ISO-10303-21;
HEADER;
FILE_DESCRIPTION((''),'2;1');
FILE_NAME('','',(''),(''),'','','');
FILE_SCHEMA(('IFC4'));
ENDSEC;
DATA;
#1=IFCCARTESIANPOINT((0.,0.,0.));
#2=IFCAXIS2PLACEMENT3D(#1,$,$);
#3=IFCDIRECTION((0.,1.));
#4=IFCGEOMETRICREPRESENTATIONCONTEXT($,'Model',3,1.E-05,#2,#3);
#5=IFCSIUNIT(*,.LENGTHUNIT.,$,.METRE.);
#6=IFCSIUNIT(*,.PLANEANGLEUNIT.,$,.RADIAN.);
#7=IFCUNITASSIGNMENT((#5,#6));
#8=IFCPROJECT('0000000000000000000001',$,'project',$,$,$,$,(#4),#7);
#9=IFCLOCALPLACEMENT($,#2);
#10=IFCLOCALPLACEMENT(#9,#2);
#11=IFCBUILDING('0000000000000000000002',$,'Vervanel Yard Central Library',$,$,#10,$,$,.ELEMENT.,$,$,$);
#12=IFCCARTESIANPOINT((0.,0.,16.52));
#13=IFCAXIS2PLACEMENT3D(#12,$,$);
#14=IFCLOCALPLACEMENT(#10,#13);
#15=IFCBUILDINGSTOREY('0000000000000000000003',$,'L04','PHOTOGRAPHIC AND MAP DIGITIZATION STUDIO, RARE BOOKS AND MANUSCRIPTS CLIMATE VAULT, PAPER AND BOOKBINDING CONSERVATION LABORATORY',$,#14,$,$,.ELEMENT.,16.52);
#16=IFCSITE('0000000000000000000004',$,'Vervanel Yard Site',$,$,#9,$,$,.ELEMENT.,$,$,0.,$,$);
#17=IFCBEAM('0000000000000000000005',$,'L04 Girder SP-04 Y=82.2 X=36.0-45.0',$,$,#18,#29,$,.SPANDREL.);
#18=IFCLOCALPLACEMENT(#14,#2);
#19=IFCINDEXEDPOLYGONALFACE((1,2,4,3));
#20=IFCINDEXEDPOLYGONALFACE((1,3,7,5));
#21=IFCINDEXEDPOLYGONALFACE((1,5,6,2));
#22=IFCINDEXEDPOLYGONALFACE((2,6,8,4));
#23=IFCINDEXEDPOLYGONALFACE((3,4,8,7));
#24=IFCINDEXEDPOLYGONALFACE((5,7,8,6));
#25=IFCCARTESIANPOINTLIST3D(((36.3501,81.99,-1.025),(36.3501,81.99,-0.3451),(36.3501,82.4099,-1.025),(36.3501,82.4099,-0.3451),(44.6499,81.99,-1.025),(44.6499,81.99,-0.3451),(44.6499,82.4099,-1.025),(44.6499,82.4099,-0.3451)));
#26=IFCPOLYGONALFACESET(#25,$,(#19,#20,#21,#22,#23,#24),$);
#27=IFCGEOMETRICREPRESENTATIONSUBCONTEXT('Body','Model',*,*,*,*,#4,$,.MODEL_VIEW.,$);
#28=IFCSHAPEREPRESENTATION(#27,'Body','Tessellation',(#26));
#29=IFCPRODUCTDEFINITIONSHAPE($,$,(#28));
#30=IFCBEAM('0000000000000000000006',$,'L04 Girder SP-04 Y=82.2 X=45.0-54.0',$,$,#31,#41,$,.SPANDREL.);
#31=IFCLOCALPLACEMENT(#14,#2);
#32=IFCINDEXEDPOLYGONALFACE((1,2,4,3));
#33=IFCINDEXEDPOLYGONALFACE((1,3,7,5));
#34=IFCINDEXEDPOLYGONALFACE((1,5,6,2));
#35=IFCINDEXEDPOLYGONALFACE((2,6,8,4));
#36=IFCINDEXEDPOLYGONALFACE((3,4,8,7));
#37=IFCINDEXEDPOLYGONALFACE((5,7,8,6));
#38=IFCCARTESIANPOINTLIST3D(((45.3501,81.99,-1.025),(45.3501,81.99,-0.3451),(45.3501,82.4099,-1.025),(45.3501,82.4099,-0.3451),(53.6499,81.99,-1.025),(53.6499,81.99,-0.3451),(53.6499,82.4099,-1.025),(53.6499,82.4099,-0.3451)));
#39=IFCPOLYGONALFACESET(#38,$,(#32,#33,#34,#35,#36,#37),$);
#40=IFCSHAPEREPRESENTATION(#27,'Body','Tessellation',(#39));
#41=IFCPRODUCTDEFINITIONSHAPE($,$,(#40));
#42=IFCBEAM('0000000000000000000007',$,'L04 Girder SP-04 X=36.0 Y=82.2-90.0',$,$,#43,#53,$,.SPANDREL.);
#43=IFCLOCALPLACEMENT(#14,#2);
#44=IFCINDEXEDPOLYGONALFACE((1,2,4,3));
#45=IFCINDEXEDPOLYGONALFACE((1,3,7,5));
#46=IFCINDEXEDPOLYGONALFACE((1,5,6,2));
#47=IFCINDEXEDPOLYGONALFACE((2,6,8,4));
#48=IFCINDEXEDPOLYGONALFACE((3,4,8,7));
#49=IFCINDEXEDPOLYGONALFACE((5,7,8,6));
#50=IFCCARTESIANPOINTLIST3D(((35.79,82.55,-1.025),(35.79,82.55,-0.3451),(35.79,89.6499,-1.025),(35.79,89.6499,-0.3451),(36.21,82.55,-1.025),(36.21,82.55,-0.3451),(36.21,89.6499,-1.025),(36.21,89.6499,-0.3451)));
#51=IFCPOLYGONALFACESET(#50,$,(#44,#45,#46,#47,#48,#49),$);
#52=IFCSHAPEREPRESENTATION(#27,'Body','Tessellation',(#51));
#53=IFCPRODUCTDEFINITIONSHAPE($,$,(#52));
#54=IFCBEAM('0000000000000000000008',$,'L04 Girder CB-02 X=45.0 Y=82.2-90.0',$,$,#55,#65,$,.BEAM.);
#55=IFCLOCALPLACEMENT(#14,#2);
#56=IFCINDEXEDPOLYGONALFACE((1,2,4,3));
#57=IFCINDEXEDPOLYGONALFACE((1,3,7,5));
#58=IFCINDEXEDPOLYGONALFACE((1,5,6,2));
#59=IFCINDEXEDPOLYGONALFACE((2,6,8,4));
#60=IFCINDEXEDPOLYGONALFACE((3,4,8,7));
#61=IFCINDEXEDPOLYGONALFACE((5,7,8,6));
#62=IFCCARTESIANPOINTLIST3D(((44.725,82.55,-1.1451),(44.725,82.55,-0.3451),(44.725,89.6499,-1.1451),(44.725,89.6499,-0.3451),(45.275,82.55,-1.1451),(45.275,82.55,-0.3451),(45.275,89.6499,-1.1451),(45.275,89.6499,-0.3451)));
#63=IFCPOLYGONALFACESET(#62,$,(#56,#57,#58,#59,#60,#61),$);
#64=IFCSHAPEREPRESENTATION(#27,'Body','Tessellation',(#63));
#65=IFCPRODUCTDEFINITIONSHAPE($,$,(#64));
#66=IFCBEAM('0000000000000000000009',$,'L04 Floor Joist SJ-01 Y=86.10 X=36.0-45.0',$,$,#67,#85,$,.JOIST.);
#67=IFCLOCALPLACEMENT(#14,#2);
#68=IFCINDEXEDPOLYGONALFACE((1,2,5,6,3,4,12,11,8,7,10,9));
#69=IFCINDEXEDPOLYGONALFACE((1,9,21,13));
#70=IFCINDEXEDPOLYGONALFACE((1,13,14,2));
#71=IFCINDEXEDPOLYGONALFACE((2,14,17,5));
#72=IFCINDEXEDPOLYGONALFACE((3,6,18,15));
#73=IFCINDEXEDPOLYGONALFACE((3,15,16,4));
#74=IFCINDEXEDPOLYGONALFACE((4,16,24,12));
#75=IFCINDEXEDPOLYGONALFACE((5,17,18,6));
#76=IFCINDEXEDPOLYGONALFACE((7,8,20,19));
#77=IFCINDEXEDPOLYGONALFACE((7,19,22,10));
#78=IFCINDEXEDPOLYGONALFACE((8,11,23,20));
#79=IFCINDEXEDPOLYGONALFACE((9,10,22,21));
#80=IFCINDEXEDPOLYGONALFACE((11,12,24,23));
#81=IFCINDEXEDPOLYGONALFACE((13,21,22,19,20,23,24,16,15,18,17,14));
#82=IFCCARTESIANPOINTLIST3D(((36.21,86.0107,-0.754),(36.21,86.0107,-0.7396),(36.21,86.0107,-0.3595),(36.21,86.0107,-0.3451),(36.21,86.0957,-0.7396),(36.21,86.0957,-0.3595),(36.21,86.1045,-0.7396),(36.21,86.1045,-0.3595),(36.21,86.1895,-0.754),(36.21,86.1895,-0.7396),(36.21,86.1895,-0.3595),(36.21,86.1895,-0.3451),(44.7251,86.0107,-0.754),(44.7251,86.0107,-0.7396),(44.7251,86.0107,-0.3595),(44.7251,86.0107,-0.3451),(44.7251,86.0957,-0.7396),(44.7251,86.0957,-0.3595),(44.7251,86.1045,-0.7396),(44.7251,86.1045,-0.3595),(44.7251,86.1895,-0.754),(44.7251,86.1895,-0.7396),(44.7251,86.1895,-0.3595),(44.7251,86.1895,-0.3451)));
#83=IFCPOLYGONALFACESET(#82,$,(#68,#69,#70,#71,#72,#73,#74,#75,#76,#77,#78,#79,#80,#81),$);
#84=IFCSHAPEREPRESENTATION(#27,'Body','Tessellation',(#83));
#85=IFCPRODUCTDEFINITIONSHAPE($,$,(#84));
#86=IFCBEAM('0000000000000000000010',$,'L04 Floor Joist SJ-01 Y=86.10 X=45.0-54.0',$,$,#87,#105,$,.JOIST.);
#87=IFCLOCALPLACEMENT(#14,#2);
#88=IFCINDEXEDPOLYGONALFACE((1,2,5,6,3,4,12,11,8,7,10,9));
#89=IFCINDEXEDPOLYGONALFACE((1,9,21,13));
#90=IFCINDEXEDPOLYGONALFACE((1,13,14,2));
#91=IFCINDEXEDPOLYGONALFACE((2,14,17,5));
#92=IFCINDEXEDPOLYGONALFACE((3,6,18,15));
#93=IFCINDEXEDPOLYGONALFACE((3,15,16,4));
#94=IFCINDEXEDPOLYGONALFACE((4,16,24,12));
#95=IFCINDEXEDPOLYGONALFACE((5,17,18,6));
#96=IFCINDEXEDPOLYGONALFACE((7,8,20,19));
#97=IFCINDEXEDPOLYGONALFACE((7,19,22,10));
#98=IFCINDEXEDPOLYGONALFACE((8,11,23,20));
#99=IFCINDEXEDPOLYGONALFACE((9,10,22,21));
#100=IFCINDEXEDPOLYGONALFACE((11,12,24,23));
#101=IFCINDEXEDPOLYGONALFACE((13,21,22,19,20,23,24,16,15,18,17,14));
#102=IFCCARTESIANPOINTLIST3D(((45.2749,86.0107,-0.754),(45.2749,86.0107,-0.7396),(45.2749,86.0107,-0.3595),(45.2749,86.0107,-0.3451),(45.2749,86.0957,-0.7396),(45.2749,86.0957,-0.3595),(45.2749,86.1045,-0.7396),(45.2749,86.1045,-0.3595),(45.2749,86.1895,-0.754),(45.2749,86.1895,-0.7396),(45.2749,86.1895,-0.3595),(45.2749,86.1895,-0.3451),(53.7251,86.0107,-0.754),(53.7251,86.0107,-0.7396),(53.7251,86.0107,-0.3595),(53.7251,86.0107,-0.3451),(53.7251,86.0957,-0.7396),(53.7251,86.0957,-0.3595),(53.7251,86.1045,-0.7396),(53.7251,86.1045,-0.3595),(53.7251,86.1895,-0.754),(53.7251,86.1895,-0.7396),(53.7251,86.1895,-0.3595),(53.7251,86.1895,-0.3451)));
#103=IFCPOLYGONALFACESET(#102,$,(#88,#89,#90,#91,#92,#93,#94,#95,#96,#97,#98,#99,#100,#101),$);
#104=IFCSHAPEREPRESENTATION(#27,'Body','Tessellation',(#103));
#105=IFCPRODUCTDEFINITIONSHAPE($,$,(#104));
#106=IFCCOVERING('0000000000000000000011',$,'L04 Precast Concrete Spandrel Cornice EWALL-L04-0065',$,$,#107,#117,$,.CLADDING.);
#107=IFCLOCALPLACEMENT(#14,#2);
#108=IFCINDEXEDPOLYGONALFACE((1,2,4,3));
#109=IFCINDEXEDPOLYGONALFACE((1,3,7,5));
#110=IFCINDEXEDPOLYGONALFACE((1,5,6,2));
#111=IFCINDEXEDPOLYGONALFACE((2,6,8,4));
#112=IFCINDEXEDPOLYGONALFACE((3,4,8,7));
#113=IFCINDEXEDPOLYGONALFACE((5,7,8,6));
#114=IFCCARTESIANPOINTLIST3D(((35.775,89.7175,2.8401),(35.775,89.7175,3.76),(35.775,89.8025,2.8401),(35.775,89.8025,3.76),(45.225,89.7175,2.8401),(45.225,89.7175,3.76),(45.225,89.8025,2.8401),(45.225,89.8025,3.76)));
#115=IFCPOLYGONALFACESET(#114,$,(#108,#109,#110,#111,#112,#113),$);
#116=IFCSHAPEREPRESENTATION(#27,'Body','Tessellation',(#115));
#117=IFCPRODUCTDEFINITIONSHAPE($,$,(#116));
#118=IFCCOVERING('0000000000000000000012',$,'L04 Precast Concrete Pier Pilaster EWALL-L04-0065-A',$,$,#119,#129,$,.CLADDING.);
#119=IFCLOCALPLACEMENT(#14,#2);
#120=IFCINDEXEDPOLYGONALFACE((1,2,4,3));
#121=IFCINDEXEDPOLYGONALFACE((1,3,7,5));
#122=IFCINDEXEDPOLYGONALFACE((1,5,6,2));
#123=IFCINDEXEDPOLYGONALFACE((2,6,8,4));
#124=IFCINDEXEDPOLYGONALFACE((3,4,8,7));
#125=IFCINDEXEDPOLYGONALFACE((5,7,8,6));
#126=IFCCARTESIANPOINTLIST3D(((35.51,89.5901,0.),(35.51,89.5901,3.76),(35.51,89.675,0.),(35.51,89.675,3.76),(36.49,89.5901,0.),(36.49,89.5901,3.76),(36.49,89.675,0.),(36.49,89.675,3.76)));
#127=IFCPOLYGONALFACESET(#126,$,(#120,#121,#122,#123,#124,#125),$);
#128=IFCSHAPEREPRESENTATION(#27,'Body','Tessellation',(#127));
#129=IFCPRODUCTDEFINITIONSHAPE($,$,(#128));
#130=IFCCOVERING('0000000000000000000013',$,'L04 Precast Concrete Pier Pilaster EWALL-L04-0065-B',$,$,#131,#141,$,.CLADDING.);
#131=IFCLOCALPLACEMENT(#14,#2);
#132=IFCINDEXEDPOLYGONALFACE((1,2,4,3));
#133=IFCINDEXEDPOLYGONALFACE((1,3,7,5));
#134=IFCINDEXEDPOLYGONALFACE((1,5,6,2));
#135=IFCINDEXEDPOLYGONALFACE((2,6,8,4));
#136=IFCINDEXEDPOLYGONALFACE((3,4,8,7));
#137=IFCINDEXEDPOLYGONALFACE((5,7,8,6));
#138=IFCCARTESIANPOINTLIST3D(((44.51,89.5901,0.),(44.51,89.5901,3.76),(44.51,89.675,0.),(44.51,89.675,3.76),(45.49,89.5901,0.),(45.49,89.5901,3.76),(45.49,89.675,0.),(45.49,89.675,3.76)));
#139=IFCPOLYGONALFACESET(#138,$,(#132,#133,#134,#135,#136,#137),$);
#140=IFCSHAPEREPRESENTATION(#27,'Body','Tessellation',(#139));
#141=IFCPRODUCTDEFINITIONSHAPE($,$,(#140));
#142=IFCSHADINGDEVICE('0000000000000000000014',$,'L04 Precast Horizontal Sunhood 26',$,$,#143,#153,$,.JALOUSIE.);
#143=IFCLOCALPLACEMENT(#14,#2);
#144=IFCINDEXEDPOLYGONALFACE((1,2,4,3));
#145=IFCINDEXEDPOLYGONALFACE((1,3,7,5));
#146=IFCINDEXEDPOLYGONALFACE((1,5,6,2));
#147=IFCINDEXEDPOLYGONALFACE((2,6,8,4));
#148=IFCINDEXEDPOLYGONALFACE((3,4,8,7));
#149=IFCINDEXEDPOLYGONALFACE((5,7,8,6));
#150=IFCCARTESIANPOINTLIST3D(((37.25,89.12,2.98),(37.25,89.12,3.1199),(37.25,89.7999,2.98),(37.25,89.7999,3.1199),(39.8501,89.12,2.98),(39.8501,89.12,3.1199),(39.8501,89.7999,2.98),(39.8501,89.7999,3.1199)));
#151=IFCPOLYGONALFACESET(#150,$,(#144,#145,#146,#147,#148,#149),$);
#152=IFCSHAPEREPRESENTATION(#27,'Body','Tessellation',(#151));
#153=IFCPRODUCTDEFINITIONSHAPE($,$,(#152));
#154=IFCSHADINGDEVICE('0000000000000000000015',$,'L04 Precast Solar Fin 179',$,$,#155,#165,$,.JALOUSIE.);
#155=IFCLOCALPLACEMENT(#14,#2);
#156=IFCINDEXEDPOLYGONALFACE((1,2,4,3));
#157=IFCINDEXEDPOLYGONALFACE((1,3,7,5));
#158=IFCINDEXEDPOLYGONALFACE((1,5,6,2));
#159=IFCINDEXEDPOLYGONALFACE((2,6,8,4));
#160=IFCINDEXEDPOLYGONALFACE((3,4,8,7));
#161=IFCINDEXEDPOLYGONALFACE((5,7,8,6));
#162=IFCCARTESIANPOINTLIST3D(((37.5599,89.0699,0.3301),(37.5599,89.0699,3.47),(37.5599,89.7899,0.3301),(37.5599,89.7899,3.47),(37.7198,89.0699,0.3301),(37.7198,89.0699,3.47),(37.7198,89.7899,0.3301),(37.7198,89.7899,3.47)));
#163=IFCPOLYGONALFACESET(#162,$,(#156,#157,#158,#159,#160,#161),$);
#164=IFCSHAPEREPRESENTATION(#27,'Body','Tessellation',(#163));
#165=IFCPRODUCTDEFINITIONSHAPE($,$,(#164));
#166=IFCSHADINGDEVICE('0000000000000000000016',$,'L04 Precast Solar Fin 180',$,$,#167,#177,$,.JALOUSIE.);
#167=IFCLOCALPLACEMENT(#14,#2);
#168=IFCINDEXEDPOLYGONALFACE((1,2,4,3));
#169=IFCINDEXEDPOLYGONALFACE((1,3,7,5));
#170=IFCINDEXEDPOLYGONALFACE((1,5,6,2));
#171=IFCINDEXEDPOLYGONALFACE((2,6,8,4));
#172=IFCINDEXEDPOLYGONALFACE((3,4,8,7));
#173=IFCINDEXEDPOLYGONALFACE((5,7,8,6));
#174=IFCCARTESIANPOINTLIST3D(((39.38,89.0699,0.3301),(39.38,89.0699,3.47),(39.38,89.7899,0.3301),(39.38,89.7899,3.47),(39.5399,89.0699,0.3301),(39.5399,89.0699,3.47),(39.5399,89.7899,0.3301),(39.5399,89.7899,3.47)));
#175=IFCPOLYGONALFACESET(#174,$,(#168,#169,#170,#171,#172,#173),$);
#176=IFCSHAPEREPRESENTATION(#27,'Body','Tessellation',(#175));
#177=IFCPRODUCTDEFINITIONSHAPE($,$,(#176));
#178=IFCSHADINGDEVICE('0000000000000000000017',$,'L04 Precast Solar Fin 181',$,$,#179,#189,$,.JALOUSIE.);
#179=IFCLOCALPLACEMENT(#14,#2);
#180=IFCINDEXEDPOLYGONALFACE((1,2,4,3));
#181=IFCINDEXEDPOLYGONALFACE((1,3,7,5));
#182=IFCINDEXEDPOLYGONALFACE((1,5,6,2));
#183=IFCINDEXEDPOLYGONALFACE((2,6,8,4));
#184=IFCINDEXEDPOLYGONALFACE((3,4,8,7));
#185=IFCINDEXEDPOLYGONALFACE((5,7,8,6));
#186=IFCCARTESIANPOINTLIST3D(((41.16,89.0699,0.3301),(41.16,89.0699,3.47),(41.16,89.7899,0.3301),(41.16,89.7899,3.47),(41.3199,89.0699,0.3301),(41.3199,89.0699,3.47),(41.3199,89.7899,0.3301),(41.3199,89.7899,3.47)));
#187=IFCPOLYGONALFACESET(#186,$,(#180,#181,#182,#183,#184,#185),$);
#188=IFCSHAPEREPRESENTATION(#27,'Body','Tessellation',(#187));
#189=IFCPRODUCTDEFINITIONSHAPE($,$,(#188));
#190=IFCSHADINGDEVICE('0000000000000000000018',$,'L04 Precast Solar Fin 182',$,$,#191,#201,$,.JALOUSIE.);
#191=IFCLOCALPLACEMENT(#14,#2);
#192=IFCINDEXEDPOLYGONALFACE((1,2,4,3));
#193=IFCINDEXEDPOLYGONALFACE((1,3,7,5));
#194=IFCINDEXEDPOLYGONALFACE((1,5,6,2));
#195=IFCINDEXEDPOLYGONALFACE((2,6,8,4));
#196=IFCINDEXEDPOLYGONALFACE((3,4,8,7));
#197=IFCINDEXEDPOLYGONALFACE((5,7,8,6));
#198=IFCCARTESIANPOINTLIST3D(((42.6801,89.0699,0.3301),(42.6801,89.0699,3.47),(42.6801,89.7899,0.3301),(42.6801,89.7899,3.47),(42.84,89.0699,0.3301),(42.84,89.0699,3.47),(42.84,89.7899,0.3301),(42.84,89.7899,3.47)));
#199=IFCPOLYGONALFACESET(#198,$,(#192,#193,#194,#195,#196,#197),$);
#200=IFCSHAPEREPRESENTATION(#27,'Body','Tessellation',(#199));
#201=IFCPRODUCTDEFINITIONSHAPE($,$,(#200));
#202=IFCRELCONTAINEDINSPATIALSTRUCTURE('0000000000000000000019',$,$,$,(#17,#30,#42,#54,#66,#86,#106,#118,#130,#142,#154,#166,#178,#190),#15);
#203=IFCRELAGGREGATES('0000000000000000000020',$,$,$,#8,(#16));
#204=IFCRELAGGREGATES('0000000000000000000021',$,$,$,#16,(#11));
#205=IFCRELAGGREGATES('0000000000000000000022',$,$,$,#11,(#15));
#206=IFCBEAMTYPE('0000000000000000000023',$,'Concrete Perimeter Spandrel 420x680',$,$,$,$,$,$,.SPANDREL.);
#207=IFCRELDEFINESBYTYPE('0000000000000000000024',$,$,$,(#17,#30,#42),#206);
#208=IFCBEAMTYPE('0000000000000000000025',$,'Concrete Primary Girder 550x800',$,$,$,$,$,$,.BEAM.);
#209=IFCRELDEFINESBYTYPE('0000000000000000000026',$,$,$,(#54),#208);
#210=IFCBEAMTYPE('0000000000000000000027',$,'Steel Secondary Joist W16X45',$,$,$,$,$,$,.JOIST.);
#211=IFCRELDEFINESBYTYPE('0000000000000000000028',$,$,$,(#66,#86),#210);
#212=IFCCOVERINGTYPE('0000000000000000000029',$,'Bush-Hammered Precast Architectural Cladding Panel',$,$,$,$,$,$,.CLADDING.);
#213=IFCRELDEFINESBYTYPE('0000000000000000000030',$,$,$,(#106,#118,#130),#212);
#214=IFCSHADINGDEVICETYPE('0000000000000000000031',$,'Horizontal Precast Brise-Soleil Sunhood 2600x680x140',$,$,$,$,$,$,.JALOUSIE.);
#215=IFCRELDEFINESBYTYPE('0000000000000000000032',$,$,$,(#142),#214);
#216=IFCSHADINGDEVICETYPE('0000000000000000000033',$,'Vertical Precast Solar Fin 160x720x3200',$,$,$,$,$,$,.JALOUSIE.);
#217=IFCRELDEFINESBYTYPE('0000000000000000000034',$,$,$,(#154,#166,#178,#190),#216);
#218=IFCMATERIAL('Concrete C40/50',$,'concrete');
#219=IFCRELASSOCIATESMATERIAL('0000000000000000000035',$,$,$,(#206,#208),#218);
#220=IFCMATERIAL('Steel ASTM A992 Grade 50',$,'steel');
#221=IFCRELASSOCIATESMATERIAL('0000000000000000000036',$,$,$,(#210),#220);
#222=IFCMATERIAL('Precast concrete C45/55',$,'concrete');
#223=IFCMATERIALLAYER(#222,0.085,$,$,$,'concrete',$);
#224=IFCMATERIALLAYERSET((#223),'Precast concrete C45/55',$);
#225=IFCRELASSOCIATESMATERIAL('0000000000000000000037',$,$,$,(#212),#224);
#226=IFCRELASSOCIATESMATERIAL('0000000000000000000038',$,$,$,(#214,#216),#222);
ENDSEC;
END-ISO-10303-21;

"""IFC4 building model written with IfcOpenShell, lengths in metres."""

from ifc_helpers import new_model, si_unit, direction, frame, origin, origin_2d, place, context, subcontext, project, spatial, rectangle, i_section, extrude, material, layer, layer_set, material_profile, profile_set, type_object, element, save


model = new_model("IFC4")

# Units and contexts
model_context = context("Model", 3, precision=1e-05, world=origin(), true_north=direction((0.0, 1.0)))
body_context = subcontext(model_context, "Body", "Model", "MODEL_VIEW")
ifc_project = project(units=[si_unit("LENGTHUNIT", "METRE"), si_unit("PLANEANGLEUNIT", "RADIAN")], contexts=[model_context])

# Site, building, storey
site_placement = place(None, origin())
site = spatial("IfcSite", under=ifc_project, at=site_placement, Name="Vervanel Yard Site", CompositionType="ELEMENT", RefElevation=0.0)
building_placement = place(site_placement, origin())
building = spatial("IfcBuilding", under=site, at=building_placement, Name="Vervanel Yard Central Library", CompositionType="ELEMENT")
storey_placement = place(building_placement, frame((0.0, 0.0, 16.52)))
storey = spatial("IfcBuildingStorey", under=building, at=storey_placement, Name="L04", Description="PHOTOGRAPHIC AND MAP DIGITIZATION STUDIO, RARE BOOKS AND MANUSCRIPTS CLIMATE VAULT, PAPER AND BOOKBINDING CONSERVATION LABORATORY", CompositionType="ELEMENT", Elevation=16.52)

# Beams
ifc_material_1 = material(Name="Concrete C40/50", Category="concrete")
ifc_material_profile_1 = material_profile(ifc_material_1, rectangle(XDim=0.4199, YDim=0.6799, at=origin_2d()), Name="RC 420x680", Category="concrete")
ifc_profile_set_1 = profile_set([ifc_material_profile_1], Name="Concrete C40/50")
beam_type_1 = type_object("IfcBeamType", Name="Concrete Perimeter Spandrel 420x680", PredefinedType="SPANDREL", material=ifc_profile_set_1)
for number, where, z_axis, x_axis, name in (
    (1, (36.3501, 82.2, -0.6851), (1.0, 0.0, 0.0), (0.0, 1.0, 0.0), "L04 Girder SP-04 Y=82.2 X=36.0-45.0"),
    (2, (45.3501, 82.2, -0.6851), (1.0, 0.0, 0.0), (0.0, 1.0, 0.0), "L04 Girder SP-04 Y=82.2 X=45.0-54.0"),
):
    element("IfcBeam", number, at=place(storey_placement, frame(where, z_axis=z_axis, x_axis=x_axis)), inside=storey, type_object=beam_type_1, Name=name, PredefinedType="SPANDREL", context=body_context, shape_type="SweptSolid", body=[
        extrude(rectangle(XDim=0.4199, YDim=0.6799, at=origin_2d()), origin(), (0.0, 0.0, 1.0), 8.2998),
    ])
beam_1_placement = place(storey_placement, frame((36.0, 82.55, -0.6851), z_axis=(0.0, 1.0, 0.0), x_axis=(-1.0, 0.0, 0.0)))
element("IfcBeam", 3, at=beam_1_placement, inside=storey, type_object=beam_type_1, Name="L04 Girder SP-04 X=36.0 Y=82.2-90.0", PredefinedType="SPANDREL", context=body_context, shape_type="SweptSolid", body=[
    extrude(rectangle(XDim=0.4199, YDim=0.6799, at=origin_2d()), origin(), (0.0, 0.0, 1.0), 7.0999),
])
ifc_material_profile_2 = material_profile(ifc_material_1, rectangle(XDim=0.55, YDim=0.8, at=origin_2d()), Name="RC 550x800", Category="concrete")
ifc_profile_set_2 = profile_set([ifc_material_profile_2], Name="Concrete C40/50")
beam_type_2 = type_object("IfcBeamType", Name="Concrete Primary Girder 550x800", PredefinedType="BEAM", material=ifc_profile_set_2)
beam_2_placement = place(storey_placement, frame((45.0, 82.55, -0.7451), z_axis=(0.0, 1.0, 0.0), x_axis=(-1.0, 0.0, 0.0)))
element("IfcBeam", 4, at=beam_2_placement, inside=storey, type_object=beam_type_2, Name="L04 Girder CB-02 X=45.0 Y=82.2-90.0", PredefinedType="BEAM", context=body_context, shape_type="SweptSolid", body=[
    extrude(rectangle(XDim=0.55, YDim=0.8, at=origin_2d()), origin(), (0.0, 0.0, 1.0), 7.0999),
])
ifc_material_2 = material(Name="Steel ASTM A992 Grade 50", Category="steel")
ifc_material_profile_3 = material_profile(ifc_material_2, i_section(OverallWidth=0.1787, OverallDepth=0.4089, WebThickness=0.0088, FlangeThickness=0.0144, at=origin_2d()), Name="W16X45", Category="steel")
ifc_profile_set_3 = profile_set([ifc_material_profile_3], Name="Steel ASTM A992 Grade 50")
beam_type_3 = type_object("IfcBeamType", Name="Steel Secondary Joist W16X45", PredefinedType="JOIST", material=ifc_profile_set_3)
beam_3_placement = place(storey_placement, frame((36.21, 86.1001, -0.5496), z_axis=(1.0, 0.0, 0.0), x_axis=(0.0, 1.0, 0.0)))
element("IfcBeam", 5, at=beam_3_placement, inside=storey, type_object=beam_type_3, Name="L04 Floor Joist SJ-01 Y=86.10 X=36.0-45.0", PredefinedType="JOIST", context=body_context, shape_type="SweptSolid", body=[
    extrude(i_section(OverallWidth=0.1787, OverallDepth=0.4089, WebThickness=0.0088, FlangeThickness=0.0144, at=origin_2d()), origin(), (0.0, 0.0, 1.0), 8.5151),
])
beam_4_placement = place(storey_placement, frame((45.2749, 86.1001, -0.5496), z_axis=(1.0, 0.0, 0.0), x_axis=(0.0, 1.0, 0.0)))
element("IfcBeam", 6, at=beam_4_placement, inside=storey, type_object=beam_type_3, Name="L04 Floor Joist SJ-01 Y=86.10 X=45.0-54.0", PredefinedType="JOIST", context=body_context, shape_type="SweptSolid", body=[
    extrude(i_section(OverallWidth=0.1787, OverallDepth=0.4089, WebThickness=0.0088, FlangeThickness=0.0144, at=origin_2d()), origin(), (0.0, 0.0, 1.0), 8.4502),
])

# Coverings
ifc_material_3 = material(Name="Precast concrete C45/55", Category="concrete")
ifc_layer = layer(ifc_material_3, 0.085, Category="concrete")
ifc_layer_set = layer_set([ifc_layer], Name="Precast concrete C45/55")
covering_type = type_object("IfcCoveringType", Name="Bush-Hammered Precast Architectural Cladding Panel", PredefinedType="CLADDING", material=ifc_layer_set)
covering_placement = place(storey_placement, frame((40.5, 89.76, 2.8401), z_axis=(0.0, 0.0, 1.0), x_axis=(1.0, 0.0, 0.0)))
element("IfcCovering", 7, at=covering_placement, inside=storey, type_object=covering_type, Name="L04 Precast Concrete Spandrel Cornice EWALL-L04-0065", PredefinedType="CLADDING", context=body_context, shape_type="SweptSolid", body=[
    extrude(rectangle(XDim=9.45, YDim=0.085, at=origin_2d()), origin(), (0.0, 0.0, 1.0), 0.9199),
])
for number, where, z_axis, x_axis, name in (
    (8, (36.0, 89.6326, 0.0), (0.0, 0.0, 1.0), (1.0, 0.0, 0.0), "L04 Precast Concrete Pier Pilaster EWALL-L04-0065-A"),
    (9, (45.0, 89.6326, 0.0), (0.0, 0.0, 1.0), (1.0, 0.0, 0.0), "L04 Precast Concrete Pier Pilaster EWALL-L04-0065-B"),
):
    element("IfcCovering", number, at=place(storey_placement, frame(where, z_axis=z_axis, x_axis=x_axis)), inside=storey, type_object=covering_type, Name=name, PredefinedType="CLADDING", context=body_context, shape_type="SweptSolid", body=[
        extrude(rectangle(XDim=0.98, YDim=0.085, at=origin_2d()), origin(), (0.0, 0.0, 1.0), 3.76),
    ])

# Shading devices
shading_device_type_1 = type_object("IfcShadingDeviceType", Name="Horizontal Precast Brise-Soleil Sunhood 2600x680x140", PredefinedType="JALOUSIE", material=ifc_material_3)
shading_device_placement = place(storey_placement, frame((38.55, 89.46, 2.98), z_axis=(0.0, 0.0, 1.0), x_axis=(1.0, 0.0, 0.0)))
element("IfcShadingDevice", 10, at=shading_device_placement, inside=storey, type_object=shading_device_type_1, Name="L04 Precast Horizontal Sunhood 26", PredefinedType="JALOUSIE", context=body_context, shape_type="SweptSolid", body=[
    extrude(rectangle(XDim=2.6001, YDim=0.6799, at=origin_2d()), origin(), (0.0, 0.0, 1.0), 0.1399),
])
shading_device_type_2 = type_object("IfcShadingDeviceType", Name="Vertical Precast Solar Fin 160x720x3200", PredefinedType="JALOUSIE", material=ifc_material_3)
for number, where, z_axis, x_axis, name in (
    (11, (37.6399, 89.4299, 0.3301), (0.0, 0.0, 1.0), (1.0, 0.0, 0.0), "L04 Precast Solar Fin 179"),
    (12, (39.46, 89.4299, 0.3301), (0.0, 0.0, 1.0), (1.0, 0.0, 0.0), "L04 Precast Solar Fin 180"),
    (13, (41.24, 89.4299, 0.3301), (0.0, 0.0, 1.0), (1.0, 0.0, 0.0), "L04 Precast Solar Fin 181"),
    (14, (42.76, 89.4299, 0.3301), (0.0, 0.0, 1.0), (1.0, 0.0, 0.0), "L04 Precast Solar Fin 182"),
):
    element("IfcShadingDevice", number, at=place(storey_placement, frame(where, z_axis=z_axis, x_axis=x_axis)), inside=storey, type_object=shading_device_type_2, Name=name, PredefinedType="JALOUSIE", context=body_context, shape_type="SweptSolid", body=[
        extrude(rectangle(XDim=0.1599, YDim=0.72, at=origin_2d()), origin(), (0.0, 0.0, 1.0), 3.1399),
    ])

save(model, "model.ifc")
